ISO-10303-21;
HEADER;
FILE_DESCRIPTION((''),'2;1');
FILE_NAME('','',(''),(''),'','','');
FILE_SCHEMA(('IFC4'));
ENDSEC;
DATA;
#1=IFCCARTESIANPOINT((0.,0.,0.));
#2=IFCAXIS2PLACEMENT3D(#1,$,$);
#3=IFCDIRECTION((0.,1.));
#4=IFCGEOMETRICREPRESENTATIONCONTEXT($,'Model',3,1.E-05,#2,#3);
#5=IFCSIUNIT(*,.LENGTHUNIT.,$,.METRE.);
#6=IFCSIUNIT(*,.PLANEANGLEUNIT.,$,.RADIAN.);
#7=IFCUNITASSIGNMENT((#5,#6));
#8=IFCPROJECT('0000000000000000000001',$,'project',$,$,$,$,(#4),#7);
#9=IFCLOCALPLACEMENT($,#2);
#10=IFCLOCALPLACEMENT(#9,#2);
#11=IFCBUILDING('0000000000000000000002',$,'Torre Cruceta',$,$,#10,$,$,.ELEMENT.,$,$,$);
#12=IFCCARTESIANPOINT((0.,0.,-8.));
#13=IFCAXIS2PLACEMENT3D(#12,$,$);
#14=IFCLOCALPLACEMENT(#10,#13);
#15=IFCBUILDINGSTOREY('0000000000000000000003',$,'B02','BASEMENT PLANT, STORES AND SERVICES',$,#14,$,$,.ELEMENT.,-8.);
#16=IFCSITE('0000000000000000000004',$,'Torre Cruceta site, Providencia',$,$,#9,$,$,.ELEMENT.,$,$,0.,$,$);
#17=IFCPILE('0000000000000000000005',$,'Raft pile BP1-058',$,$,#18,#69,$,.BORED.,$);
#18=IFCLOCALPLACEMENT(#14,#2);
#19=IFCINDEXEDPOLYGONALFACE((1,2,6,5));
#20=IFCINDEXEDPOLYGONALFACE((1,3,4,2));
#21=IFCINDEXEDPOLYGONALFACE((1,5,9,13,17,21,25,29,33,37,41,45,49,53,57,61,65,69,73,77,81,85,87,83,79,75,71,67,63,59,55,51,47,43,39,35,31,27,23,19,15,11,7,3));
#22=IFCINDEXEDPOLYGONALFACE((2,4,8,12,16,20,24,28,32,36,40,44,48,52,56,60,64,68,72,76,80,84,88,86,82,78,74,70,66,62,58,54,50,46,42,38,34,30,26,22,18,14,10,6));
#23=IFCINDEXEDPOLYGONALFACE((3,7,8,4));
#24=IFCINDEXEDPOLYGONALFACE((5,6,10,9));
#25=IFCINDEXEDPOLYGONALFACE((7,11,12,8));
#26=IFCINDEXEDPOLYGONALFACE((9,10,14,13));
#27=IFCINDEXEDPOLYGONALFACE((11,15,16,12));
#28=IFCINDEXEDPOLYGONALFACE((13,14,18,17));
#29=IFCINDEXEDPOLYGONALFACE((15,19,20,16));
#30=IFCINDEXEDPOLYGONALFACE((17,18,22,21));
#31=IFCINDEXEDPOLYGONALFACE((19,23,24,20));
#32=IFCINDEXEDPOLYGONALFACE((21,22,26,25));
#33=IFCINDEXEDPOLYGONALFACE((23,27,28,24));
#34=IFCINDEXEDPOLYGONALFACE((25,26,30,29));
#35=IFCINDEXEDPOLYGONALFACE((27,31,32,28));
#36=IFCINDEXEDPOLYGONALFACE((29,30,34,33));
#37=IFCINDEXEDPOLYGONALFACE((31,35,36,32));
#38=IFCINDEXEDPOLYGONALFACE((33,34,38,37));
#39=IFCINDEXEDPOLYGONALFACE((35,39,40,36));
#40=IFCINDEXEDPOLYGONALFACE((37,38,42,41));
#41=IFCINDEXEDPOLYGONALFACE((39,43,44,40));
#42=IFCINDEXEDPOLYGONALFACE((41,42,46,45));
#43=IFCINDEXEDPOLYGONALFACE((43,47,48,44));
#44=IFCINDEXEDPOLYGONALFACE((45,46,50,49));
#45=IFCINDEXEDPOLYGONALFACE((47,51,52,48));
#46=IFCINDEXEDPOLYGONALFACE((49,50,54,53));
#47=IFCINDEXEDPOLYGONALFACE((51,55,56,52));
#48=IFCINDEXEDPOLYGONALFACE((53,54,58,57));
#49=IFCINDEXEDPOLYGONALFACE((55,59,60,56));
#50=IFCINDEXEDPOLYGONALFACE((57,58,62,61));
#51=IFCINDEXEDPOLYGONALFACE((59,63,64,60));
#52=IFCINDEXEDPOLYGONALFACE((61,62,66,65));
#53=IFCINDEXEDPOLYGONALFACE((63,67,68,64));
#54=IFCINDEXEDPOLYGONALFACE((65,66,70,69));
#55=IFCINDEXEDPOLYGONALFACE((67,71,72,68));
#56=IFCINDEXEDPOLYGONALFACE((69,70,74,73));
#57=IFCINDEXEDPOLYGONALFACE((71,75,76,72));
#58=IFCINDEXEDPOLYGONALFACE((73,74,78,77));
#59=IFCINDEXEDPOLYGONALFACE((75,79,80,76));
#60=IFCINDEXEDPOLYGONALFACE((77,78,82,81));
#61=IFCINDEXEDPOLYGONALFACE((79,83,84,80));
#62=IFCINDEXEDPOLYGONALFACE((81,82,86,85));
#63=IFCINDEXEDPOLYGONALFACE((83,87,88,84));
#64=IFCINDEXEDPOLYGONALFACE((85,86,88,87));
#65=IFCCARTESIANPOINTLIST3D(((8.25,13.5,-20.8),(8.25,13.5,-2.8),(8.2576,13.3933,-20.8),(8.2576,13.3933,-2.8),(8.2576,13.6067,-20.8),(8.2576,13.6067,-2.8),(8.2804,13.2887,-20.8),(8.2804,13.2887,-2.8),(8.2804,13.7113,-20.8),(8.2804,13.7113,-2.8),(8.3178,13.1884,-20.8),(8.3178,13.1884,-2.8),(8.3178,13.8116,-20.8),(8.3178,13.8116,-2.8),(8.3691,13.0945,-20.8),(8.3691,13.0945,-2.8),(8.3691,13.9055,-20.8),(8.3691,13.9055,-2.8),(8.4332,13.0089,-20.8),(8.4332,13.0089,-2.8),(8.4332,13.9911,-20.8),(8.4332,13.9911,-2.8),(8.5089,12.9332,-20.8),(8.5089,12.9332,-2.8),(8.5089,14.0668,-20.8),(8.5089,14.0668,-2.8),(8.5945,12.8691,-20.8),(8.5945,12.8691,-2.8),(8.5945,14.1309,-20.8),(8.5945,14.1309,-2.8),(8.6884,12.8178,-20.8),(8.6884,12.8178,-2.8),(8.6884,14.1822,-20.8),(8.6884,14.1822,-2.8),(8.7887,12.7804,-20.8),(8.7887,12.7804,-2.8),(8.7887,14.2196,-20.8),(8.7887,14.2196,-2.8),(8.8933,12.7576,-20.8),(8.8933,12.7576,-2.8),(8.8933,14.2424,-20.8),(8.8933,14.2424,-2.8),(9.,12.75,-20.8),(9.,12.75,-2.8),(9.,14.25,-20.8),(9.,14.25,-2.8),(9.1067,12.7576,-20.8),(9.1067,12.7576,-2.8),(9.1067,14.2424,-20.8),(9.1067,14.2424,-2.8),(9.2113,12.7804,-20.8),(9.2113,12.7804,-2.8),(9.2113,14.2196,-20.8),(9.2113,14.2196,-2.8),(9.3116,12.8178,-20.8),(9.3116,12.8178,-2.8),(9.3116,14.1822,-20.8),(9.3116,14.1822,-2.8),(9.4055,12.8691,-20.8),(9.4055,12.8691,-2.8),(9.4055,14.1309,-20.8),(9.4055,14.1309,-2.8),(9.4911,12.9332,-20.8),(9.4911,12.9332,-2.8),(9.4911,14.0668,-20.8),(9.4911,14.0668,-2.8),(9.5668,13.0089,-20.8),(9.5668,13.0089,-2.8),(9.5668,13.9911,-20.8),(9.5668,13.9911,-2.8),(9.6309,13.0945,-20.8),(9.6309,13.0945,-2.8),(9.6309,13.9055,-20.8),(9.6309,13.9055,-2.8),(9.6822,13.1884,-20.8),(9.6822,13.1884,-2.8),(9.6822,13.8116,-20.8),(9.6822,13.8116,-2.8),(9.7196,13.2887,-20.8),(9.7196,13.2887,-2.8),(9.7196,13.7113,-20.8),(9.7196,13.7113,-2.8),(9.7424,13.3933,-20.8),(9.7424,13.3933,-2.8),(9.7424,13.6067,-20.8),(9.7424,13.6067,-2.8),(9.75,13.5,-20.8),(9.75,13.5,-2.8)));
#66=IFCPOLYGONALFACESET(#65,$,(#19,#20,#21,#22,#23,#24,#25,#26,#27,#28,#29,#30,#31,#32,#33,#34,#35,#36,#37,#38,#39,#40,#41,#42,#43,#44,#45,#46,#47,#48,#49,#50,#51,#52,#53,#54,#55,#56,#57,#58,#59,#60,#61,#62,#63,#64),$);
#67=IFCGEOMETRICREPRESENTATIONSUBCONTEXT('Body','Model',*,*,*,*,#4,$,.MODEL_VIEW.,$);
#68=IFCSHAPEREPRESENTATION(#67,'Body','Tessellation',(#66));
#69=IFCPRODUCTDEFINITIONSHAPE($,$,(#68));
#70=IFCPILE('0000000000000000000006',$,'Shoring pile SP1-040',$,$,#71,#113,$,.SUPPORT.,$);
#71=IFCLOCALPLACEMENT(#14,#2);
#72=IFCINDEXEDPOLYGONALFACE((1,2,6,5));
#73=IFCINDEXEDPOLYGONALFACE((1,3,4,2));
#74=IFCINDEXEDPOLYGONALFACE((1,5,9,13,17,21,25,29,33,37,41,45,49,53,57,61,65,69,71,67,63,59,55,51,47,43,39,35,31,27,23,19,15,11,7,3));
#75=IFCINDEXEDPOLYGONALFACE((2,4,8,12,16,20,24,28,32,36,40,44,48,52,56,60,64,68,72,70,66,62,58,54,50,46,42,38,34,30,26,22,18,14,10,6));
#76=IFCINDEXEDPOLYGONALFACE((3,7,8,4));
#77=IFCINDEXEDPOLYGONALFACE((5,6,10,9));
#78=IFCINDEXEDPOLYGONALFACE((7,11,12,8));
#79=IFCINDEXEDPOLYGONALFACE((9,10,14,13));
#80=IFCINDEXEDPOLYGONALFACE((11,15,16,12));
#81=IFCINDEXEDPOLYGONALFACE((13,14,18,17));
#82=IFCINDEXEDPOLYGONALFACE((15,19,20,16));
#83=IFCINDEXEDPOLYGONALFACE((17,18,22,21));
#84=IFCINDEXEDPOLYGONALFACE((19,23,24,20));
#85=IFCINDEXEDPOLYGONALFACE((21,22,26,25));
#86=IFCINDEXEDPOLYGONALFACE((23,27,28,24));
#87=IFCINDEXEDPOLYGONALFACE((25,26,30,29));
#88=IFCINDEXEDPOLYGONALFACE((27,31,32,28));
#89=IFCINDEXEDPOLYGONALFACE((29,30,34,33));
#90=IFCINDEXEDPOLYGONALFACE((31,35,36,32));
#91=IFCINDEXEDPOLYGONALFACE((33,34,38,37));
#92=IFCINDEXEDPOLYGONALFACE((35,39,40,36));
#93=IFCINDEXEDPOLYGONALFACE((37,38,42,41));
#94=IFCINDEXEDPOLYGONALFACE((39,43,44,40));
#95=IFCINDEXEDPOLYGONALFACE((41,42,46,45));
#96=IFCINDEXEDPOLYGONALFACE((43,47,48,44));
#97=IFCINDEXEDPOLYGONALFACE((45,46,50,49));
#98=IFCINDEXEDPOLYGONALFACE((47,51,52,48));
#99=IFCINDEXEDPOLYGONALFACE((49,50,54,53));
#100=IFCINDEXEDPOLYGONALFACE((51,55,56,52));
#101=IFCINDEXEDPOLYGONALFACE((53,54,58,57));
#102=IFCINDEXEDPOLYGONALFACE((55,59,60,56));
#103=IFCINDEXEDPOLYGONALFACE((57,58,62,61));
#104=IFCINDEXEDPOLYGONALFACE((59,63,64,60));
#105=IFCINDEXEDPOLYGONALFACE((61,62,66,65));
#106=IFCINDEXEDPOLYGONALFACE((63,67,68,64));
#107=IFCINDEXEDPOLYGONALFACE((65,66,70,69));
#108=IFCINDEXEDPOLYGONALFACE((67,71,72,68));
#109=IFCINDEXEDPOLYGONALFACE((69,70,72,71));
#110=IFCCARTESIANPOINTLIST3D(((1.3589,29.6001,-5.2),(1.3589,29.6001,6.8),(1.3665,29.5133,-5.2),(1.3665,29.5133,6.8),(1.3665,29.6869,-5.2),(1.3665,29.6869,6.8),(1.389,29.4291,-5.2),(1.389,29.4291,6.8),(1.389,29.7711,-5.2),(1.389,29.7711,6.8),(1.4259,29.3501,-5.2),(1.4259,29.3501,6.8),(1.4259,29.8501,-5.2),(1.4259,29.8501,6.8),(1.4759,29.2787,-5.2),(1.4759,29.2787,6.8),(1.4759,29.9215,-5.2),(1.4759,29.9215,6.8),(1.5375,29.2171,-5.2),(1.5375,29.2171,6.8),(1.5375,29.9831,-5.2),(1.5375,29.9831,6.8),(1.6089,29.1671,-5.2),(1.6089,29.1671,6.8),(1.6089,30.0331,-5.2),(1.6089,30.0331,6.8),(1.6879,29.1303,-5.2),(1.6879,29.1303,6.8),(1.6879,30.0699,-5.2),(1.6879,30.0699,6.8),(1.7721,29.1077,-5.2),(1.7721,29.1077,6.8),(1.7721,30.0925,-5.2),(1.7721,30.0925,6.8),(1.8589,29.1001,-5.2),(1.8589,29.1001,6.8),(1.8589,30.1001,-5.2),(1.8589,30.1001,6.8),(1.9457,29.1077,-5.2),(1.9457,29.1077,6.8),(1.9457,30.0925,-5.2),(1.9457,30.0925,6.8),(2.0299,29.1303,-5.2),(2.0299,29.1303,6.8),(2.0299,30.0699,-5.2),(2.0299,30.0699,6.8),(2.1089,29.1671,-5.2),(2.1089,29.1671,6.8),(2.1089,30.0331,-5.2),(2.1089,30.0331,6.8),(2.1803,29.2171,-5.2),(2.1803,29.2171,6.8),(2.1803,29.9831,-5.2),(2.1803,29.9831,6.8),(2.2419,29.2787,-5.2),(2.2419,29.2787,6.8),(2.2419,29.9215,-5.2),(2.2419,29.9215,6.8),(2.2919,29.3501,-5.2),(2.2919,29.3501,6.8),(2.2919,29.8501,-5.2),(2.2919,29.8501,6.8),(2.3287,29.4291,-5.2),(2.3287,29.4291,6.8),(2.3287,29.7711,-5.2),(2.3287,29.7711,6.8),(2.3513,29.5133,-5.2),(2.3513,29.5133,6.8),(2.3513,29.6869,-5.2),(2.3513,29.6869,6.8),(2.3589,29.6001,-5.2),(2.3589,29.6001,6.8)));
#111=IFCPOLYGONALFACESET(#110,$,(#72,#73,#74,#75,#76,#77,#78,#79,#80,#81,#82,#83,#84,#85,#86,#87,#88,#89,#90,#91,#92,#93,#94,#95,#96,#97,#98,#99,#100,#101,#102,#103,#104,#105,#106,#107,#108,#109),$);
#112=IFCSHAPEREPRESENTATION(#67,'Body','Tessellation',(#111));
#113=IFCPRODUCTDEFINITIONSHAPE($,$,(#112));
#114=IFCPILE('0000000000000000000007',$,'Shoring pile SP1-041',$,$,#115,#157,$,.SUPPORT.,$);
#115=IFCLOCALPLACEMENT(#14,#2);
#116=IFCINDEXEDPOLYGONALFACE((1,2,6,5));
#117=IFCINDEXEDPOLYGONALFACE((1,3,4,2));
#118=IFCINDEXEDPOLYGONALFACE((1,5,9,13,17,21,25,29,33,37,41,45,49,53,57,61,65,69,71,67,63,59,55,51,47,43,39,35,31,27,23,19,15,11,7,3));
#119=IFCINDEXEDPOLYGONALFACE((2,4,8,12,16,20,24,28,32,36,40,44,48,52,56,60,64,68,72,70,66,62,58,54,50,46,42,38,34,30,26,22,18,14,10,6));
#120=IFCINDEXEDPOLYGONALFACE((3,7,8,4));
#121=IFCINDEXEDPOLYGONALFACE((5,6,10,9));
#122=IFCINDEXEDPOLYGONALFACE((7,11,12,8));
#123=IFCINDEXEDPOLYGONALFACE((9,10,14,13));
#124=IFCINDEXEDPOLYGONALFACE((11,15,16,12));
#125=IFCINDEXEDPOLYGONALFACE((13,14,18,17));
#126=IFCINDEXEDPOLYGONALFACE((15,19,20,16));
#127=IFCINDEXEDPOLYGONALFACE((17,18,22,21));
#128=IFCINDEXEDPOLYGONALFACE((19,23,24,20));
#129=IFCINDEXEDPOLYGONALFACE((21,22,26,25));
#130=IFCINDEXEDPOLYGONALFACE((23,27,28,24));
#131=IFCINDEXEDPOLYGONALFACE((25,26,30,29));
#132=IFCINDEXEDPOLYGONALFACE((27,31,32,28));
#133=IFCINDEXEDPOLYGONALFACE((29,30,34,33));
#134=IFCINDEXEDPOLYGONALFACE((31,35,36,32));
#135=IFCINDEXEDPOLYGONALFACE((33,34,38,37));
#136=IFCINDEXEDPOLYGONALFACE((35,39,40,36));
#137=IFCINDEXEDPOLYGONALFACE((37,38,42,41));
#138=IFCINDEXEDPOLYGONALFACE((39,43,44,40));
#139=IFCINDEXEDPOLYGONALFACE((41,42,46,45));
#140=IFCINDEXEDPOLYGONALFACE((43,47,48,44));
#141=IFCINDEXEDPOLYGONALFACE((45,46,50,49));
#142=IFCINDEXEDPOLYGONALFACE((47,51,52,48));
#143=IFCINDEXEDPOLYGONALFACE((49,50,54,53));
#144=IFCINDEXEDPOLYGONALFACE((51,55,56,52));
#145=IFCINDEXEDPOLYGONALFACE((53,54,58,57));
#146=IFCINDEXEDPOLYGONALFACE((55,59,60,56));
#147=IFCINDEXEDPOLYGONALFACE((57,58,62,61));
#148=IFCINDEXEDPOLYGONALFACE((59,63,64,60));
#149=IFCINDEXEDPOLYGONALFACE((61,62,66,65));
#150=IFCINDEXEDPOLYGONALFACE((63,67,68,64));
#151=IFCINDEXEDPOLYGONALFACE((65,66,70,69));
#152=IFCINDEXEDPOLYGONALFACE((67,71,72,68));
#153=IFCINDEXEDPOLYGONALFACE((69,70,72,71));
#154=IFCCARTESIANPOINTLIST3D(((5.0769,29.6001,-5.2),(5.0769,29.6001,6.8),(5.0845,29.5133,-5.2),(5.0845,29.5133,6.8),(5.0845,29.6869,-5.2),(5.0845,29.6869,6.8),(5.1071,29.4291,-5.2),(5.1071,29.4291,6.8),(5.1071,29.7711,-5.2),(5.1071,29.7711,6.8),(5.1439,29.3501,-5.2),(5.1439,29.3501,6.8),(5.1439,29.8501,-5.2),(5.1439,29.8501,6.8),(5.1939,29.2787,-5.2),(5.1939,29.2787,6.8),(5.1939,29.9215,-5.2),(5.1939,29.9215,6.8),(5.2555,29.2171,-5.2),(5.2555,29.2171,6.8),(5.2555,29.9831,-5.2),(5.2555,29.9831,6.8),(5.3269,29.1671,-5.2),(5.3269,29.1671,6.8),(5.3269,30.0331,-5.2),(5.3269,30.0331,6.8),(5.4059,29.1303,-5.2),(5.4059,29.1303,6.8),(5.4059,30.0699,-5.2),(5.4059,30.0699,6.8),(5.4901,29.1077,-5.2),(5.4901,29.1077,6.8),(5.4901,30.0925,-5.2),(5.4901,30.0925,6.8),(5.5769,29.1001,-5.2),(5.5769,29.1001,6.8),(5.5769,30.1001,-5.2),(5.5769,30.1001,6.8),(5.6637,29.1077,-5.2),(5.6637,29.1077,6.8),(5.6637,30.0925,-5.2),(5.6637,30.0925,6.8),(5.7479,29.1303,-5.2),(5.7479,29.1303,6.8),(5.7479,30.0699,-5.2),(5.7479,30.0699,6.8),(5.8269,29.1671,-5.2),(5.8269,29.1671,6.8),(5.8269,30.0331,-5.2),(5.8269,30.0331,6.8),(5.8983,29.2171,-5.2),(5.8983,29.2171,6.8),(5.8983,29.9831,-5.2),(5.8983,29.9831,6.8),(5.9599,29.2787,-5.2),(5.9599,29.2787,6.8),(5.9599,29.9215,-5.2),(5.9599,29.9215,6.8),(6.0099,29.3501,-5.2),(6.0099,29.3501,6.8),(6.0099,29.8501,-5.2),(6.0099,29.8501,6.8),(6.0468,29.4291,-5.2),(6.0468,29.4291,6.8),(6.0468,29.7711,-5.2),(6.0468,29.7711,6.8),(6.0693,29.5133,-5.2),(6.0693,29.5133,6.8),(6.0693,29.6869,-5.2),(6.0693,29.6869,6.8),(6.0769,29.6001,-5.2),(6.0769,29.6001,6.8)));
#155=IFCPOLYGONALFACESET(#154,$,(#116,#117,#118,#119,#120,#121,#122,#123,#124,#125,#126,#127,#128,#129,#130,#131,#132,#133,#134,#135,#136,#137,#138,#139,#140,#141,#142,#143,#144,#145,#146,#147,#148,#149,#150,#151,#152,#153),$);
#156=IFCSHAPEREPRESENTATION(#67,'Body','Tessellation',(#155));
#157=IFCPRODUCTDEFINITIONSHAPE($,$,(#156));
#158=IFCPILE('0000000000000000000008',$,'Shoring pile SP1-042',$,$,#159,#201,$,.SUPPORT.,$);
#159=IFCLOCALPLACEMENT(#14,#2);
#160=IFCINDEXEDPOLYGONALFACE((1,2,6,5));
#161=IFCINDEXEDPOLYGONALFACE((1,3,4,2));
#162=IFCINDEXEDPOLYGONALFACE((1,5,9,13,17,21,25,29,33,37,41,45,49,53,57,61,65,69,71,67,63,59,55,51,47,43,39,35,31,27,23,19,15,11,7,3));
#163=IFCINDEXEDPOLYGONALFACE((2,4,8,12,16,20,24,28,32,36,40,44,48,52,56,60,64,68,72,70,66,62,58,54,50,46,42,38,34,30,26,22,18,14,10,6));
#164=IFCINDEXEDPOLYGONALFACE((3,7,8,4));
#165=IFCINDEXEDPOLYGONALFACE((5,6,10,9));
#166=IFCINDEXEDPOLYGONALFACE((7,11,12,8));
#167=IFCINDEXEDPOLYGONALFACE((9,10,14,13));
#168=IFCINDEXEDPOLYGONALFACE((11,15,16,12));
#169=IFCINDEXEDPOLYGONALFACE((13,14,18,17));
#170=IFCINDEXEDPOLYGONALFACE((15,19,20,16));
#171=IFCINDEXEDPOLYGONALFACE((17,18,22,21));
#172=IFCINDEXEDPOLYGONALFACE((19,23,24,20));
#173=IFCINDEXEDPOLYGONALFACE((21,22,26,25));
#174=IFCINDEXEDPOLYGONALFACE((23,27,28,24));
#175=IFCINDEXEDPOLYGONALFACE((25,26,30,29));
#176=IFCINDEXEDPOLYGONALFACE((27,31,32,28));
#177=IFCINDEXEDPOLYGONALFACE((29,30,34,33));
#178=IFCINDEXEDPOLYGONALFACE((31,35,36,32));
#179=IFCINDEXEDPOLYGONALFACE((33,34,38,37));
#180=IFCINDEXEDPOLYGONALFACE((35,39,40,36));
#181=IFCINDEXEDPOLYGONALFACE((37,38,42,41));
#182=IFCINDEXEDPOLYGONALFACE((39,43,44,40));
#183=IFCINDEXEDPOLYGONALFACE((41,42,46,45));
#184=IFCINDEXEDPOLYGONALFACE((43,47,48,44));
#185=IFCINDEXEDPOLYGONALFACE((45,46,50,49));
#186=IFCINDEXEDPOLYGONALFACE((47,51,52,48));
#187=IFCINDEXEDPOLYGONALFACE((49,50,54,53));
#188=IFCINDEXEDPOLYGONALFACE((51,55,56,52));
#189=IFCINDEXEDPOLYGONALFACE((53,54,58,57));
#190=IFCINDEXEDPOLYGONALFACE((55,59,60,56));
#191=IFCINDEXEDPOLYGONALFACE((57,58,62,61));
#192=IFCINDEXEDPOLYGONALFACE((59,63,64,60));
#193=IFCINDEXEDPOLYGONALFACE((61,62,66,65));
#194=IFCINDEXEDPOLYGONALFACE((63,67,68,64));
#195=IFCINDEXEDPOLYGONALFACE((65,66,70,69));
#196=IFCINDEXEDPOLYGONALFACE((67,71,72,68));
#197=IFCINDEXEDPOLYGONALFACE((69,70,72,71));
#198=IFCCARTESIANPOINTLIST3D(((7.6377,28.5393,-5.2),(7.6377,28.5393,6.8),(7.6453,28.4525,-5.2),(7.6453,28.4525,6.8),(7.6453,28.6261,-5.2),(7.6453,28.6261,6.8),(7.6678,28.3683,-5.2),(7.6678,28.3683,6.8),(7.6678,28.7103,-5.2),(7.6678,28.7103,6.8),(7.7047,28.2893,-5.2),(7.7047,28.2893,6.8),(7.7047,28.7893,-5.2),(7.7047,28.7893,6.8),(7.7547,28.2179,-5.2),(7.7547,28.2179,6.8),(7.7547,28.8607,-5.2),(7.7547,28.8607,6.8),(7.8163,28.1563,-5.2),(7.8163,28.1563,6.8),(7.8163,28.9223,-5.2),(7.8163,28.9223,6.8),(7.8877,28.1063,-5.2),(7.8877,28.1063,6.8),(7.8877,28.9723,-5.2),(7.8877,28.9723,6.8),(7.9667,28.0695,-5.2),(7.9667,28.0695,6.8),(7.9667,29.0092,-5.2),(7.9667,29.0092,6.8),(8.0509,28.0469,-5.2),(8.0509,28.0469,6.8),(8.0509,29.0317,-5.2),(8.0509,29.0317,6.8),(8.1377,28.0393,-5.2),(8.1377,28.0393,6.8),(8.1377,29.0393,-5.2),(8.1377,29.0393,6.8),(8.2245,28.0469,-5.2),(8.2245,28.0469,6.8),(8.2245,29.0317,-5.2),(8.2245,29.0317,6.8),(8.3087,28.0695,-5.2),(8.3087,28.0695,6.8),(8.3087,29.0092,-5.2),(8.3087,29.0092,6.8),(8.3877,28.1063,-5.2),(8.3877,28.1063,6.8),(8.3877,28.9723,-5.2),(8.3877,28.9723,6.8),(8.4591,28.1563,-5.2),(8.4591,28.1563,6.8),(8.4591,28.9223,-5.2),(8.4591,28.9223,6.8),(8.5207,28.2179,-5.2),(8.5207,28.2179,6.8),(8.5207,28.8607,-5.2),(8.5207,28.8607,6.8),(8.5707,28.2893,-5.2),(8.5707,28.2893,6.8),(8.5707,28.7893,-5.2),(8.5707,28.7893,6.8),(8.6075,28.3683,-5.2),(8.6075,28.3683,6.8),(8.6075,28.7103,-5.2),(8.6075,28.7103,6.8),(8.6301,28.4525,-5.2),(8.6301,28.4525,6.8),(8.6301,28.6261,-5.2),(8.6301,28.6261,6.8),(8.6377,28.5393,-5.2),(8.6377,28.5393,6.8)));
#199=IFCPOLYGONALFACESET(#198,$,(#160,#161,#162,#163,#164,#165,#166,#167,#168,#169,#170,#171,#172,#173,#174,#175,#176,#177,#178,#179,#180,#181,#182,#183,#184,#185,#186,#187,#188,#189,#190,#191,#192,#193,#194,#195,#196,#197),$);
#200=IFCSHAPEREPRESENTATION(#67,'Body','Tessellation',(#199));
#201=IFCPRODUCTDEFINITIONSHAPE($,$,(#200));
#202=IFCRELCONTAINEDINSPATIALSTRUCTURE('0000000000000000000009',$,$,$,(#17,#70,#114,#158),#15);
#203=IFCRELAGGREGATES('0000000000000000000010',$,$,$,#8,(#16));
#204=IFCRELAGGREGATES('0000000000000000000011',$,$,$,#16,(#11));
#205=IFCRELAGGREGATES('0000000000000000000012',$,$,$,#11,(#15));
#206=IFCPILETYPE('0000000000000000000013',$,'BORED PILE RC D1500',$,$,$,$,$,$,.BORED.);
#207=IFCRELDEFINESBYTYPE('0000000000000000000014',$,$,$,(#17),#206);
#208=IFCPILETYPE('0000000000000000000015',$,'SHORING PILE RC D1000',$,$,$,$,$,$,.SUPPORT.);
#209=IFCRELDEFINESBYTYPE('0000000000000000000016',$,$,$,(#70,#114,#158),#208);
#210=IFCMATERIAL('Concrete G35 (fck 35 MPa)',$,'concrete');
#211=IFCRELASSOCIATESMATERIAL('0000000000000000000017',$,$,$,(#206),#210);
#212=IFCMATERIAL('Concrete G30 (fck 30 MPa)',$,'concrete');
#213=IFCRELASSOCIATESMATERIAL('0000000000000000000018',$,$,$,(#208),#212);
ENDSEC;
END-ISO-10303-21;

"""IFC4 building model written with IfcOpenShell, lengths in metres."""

from ifc_helpers import new_model, si_unit, direction, frame, origin, origin_2d, place, context, subcontext, project, spatial, circle, extrude, material, material_profile, profile_set, type_object, element, save


model = new_model("IFC4")

# Units and contexts
model_context = context("Model", 3, precision=1e-05, world=origin(), true_north=direction((0.0, 1.0)))
body_context = subcontext(model_context, "Body", "Model", "MODEL_VIEW")
ifc_project = project(units=[si_unit("LENGTHUNIT", "METRE"), si_unit("PLANEANGLEUNIT", "RADIAN")], contexts=[model_context])

# Site, building, storey
site_placement = place(None, origin())
site = spatial("IfcSite", under=ifc_project, at=site_placement, Name="Torre Cruceta site, Providencia", CompositionType="ELEMENT", RefElevation=0.0)
building_placement = place(site_placement, origin())
building = spatial("IfcBuilding", under=site, at=building_placement, Name="Torre Cruceta", CompositionType="ELEMENT")
storey_placement = place(building_placement, frame((0.0, 0.0, -8.0)))
storey = spatial("IfcBuildingStorey", under=building, at=storey_placement, Name="B02", Description="BASEMENT PLANT, STORES AND SERVICES", CompositionType="ELEMENT", Elevation=-8.0)

# Piles
ifc_material_1 = material(Name="Concrete G35 (fck 35 MPa)", Category="concrete")
ifc_material_profile_1 = material_profile(ifc_material_1, circle(Radius=0.75, at=origin_2d()), Name="RC D1500")
ifc_profile_set_1 = profile_set([ifc_material_profile_1], Name="Concrete G35 (fck 35 MPa)")
pile_type_1 = type_object("IfcPileType", Name="BORED PILE RC D1500", PredefinedType="BORED", material=ifc_profile_set_1)
for number, where, z_axis, x_axis, name in (
    (1, (9.0, 13.5, -2.8), (0.0, 0.0, -1.0), (1.0, 0.0, 0.0), "Raft pile BP1-058"),
):
    element("IfcPile", number, at=place(storey_placement, frame(where, z_axis=z_axis, x_axis=x_axis)), inside=storey, type_object=pile_type_1, Name=name, PredefinedType="BORED", context=body_context, shape_type="SweptSolid", body=[
        extrude(circle(Radius=0.75, at=origin_2d()), origin(), (0.0, 0.0, 1.0), 18.0),
    ])
ifc_material_2 = material(Name="Concrete G30 (fck 30 MPa)", Category="concrete")
ifc_material_profile_2 = material_profile(ifc_material_2, circle(Radius=0.5, at=origin_2d()), Name="RC D1000")
ifc_profile_set_2 = profile_set([ifc_material_profile_2], Name="Concrete G30 (fck 30 MPa)")
pile_type_2 = type_object("IfcPileType", Name="SHORING PILE RC D1000", PredefinedType="SUPPORT", material=ifc_profile_set_2)
for number, where, z_axis, x_axis, name in (
    (2, (1.8589, 29.6001, 6.8), (0.0, 0.0, -1.0), (1.0, 0.0, 0.0), "Shoring pile SP1-040"),
    (3, (5.5769, 29.6001, 6.8), (0.0, 0.0, -1.0), (1.0, 0.0, 0.0), "Shoring pile SP1-041"),
    (4, (8.1377, 28.5393, 6.8), (0.0, 0.0, -1.0), (1.0, 0.0, 0.0), "Shoring pile SP1-042"),
):
    element("IfcPile", number, at=place(storey_placement, frame(where, z_axis=z_axis, x_axis=x_axis)), inside=storey, type_object=pile_type_2, Name=name, PredefinedType="SUPPORT", context=body_context, shape_type="SweptSolid", body=[
        extrude(circle(Radius=0.5, at=origin_2d()), origin(), (0.0, 0.0, 1.0), 12.0),
    ])

save(model, "model.ifc")
